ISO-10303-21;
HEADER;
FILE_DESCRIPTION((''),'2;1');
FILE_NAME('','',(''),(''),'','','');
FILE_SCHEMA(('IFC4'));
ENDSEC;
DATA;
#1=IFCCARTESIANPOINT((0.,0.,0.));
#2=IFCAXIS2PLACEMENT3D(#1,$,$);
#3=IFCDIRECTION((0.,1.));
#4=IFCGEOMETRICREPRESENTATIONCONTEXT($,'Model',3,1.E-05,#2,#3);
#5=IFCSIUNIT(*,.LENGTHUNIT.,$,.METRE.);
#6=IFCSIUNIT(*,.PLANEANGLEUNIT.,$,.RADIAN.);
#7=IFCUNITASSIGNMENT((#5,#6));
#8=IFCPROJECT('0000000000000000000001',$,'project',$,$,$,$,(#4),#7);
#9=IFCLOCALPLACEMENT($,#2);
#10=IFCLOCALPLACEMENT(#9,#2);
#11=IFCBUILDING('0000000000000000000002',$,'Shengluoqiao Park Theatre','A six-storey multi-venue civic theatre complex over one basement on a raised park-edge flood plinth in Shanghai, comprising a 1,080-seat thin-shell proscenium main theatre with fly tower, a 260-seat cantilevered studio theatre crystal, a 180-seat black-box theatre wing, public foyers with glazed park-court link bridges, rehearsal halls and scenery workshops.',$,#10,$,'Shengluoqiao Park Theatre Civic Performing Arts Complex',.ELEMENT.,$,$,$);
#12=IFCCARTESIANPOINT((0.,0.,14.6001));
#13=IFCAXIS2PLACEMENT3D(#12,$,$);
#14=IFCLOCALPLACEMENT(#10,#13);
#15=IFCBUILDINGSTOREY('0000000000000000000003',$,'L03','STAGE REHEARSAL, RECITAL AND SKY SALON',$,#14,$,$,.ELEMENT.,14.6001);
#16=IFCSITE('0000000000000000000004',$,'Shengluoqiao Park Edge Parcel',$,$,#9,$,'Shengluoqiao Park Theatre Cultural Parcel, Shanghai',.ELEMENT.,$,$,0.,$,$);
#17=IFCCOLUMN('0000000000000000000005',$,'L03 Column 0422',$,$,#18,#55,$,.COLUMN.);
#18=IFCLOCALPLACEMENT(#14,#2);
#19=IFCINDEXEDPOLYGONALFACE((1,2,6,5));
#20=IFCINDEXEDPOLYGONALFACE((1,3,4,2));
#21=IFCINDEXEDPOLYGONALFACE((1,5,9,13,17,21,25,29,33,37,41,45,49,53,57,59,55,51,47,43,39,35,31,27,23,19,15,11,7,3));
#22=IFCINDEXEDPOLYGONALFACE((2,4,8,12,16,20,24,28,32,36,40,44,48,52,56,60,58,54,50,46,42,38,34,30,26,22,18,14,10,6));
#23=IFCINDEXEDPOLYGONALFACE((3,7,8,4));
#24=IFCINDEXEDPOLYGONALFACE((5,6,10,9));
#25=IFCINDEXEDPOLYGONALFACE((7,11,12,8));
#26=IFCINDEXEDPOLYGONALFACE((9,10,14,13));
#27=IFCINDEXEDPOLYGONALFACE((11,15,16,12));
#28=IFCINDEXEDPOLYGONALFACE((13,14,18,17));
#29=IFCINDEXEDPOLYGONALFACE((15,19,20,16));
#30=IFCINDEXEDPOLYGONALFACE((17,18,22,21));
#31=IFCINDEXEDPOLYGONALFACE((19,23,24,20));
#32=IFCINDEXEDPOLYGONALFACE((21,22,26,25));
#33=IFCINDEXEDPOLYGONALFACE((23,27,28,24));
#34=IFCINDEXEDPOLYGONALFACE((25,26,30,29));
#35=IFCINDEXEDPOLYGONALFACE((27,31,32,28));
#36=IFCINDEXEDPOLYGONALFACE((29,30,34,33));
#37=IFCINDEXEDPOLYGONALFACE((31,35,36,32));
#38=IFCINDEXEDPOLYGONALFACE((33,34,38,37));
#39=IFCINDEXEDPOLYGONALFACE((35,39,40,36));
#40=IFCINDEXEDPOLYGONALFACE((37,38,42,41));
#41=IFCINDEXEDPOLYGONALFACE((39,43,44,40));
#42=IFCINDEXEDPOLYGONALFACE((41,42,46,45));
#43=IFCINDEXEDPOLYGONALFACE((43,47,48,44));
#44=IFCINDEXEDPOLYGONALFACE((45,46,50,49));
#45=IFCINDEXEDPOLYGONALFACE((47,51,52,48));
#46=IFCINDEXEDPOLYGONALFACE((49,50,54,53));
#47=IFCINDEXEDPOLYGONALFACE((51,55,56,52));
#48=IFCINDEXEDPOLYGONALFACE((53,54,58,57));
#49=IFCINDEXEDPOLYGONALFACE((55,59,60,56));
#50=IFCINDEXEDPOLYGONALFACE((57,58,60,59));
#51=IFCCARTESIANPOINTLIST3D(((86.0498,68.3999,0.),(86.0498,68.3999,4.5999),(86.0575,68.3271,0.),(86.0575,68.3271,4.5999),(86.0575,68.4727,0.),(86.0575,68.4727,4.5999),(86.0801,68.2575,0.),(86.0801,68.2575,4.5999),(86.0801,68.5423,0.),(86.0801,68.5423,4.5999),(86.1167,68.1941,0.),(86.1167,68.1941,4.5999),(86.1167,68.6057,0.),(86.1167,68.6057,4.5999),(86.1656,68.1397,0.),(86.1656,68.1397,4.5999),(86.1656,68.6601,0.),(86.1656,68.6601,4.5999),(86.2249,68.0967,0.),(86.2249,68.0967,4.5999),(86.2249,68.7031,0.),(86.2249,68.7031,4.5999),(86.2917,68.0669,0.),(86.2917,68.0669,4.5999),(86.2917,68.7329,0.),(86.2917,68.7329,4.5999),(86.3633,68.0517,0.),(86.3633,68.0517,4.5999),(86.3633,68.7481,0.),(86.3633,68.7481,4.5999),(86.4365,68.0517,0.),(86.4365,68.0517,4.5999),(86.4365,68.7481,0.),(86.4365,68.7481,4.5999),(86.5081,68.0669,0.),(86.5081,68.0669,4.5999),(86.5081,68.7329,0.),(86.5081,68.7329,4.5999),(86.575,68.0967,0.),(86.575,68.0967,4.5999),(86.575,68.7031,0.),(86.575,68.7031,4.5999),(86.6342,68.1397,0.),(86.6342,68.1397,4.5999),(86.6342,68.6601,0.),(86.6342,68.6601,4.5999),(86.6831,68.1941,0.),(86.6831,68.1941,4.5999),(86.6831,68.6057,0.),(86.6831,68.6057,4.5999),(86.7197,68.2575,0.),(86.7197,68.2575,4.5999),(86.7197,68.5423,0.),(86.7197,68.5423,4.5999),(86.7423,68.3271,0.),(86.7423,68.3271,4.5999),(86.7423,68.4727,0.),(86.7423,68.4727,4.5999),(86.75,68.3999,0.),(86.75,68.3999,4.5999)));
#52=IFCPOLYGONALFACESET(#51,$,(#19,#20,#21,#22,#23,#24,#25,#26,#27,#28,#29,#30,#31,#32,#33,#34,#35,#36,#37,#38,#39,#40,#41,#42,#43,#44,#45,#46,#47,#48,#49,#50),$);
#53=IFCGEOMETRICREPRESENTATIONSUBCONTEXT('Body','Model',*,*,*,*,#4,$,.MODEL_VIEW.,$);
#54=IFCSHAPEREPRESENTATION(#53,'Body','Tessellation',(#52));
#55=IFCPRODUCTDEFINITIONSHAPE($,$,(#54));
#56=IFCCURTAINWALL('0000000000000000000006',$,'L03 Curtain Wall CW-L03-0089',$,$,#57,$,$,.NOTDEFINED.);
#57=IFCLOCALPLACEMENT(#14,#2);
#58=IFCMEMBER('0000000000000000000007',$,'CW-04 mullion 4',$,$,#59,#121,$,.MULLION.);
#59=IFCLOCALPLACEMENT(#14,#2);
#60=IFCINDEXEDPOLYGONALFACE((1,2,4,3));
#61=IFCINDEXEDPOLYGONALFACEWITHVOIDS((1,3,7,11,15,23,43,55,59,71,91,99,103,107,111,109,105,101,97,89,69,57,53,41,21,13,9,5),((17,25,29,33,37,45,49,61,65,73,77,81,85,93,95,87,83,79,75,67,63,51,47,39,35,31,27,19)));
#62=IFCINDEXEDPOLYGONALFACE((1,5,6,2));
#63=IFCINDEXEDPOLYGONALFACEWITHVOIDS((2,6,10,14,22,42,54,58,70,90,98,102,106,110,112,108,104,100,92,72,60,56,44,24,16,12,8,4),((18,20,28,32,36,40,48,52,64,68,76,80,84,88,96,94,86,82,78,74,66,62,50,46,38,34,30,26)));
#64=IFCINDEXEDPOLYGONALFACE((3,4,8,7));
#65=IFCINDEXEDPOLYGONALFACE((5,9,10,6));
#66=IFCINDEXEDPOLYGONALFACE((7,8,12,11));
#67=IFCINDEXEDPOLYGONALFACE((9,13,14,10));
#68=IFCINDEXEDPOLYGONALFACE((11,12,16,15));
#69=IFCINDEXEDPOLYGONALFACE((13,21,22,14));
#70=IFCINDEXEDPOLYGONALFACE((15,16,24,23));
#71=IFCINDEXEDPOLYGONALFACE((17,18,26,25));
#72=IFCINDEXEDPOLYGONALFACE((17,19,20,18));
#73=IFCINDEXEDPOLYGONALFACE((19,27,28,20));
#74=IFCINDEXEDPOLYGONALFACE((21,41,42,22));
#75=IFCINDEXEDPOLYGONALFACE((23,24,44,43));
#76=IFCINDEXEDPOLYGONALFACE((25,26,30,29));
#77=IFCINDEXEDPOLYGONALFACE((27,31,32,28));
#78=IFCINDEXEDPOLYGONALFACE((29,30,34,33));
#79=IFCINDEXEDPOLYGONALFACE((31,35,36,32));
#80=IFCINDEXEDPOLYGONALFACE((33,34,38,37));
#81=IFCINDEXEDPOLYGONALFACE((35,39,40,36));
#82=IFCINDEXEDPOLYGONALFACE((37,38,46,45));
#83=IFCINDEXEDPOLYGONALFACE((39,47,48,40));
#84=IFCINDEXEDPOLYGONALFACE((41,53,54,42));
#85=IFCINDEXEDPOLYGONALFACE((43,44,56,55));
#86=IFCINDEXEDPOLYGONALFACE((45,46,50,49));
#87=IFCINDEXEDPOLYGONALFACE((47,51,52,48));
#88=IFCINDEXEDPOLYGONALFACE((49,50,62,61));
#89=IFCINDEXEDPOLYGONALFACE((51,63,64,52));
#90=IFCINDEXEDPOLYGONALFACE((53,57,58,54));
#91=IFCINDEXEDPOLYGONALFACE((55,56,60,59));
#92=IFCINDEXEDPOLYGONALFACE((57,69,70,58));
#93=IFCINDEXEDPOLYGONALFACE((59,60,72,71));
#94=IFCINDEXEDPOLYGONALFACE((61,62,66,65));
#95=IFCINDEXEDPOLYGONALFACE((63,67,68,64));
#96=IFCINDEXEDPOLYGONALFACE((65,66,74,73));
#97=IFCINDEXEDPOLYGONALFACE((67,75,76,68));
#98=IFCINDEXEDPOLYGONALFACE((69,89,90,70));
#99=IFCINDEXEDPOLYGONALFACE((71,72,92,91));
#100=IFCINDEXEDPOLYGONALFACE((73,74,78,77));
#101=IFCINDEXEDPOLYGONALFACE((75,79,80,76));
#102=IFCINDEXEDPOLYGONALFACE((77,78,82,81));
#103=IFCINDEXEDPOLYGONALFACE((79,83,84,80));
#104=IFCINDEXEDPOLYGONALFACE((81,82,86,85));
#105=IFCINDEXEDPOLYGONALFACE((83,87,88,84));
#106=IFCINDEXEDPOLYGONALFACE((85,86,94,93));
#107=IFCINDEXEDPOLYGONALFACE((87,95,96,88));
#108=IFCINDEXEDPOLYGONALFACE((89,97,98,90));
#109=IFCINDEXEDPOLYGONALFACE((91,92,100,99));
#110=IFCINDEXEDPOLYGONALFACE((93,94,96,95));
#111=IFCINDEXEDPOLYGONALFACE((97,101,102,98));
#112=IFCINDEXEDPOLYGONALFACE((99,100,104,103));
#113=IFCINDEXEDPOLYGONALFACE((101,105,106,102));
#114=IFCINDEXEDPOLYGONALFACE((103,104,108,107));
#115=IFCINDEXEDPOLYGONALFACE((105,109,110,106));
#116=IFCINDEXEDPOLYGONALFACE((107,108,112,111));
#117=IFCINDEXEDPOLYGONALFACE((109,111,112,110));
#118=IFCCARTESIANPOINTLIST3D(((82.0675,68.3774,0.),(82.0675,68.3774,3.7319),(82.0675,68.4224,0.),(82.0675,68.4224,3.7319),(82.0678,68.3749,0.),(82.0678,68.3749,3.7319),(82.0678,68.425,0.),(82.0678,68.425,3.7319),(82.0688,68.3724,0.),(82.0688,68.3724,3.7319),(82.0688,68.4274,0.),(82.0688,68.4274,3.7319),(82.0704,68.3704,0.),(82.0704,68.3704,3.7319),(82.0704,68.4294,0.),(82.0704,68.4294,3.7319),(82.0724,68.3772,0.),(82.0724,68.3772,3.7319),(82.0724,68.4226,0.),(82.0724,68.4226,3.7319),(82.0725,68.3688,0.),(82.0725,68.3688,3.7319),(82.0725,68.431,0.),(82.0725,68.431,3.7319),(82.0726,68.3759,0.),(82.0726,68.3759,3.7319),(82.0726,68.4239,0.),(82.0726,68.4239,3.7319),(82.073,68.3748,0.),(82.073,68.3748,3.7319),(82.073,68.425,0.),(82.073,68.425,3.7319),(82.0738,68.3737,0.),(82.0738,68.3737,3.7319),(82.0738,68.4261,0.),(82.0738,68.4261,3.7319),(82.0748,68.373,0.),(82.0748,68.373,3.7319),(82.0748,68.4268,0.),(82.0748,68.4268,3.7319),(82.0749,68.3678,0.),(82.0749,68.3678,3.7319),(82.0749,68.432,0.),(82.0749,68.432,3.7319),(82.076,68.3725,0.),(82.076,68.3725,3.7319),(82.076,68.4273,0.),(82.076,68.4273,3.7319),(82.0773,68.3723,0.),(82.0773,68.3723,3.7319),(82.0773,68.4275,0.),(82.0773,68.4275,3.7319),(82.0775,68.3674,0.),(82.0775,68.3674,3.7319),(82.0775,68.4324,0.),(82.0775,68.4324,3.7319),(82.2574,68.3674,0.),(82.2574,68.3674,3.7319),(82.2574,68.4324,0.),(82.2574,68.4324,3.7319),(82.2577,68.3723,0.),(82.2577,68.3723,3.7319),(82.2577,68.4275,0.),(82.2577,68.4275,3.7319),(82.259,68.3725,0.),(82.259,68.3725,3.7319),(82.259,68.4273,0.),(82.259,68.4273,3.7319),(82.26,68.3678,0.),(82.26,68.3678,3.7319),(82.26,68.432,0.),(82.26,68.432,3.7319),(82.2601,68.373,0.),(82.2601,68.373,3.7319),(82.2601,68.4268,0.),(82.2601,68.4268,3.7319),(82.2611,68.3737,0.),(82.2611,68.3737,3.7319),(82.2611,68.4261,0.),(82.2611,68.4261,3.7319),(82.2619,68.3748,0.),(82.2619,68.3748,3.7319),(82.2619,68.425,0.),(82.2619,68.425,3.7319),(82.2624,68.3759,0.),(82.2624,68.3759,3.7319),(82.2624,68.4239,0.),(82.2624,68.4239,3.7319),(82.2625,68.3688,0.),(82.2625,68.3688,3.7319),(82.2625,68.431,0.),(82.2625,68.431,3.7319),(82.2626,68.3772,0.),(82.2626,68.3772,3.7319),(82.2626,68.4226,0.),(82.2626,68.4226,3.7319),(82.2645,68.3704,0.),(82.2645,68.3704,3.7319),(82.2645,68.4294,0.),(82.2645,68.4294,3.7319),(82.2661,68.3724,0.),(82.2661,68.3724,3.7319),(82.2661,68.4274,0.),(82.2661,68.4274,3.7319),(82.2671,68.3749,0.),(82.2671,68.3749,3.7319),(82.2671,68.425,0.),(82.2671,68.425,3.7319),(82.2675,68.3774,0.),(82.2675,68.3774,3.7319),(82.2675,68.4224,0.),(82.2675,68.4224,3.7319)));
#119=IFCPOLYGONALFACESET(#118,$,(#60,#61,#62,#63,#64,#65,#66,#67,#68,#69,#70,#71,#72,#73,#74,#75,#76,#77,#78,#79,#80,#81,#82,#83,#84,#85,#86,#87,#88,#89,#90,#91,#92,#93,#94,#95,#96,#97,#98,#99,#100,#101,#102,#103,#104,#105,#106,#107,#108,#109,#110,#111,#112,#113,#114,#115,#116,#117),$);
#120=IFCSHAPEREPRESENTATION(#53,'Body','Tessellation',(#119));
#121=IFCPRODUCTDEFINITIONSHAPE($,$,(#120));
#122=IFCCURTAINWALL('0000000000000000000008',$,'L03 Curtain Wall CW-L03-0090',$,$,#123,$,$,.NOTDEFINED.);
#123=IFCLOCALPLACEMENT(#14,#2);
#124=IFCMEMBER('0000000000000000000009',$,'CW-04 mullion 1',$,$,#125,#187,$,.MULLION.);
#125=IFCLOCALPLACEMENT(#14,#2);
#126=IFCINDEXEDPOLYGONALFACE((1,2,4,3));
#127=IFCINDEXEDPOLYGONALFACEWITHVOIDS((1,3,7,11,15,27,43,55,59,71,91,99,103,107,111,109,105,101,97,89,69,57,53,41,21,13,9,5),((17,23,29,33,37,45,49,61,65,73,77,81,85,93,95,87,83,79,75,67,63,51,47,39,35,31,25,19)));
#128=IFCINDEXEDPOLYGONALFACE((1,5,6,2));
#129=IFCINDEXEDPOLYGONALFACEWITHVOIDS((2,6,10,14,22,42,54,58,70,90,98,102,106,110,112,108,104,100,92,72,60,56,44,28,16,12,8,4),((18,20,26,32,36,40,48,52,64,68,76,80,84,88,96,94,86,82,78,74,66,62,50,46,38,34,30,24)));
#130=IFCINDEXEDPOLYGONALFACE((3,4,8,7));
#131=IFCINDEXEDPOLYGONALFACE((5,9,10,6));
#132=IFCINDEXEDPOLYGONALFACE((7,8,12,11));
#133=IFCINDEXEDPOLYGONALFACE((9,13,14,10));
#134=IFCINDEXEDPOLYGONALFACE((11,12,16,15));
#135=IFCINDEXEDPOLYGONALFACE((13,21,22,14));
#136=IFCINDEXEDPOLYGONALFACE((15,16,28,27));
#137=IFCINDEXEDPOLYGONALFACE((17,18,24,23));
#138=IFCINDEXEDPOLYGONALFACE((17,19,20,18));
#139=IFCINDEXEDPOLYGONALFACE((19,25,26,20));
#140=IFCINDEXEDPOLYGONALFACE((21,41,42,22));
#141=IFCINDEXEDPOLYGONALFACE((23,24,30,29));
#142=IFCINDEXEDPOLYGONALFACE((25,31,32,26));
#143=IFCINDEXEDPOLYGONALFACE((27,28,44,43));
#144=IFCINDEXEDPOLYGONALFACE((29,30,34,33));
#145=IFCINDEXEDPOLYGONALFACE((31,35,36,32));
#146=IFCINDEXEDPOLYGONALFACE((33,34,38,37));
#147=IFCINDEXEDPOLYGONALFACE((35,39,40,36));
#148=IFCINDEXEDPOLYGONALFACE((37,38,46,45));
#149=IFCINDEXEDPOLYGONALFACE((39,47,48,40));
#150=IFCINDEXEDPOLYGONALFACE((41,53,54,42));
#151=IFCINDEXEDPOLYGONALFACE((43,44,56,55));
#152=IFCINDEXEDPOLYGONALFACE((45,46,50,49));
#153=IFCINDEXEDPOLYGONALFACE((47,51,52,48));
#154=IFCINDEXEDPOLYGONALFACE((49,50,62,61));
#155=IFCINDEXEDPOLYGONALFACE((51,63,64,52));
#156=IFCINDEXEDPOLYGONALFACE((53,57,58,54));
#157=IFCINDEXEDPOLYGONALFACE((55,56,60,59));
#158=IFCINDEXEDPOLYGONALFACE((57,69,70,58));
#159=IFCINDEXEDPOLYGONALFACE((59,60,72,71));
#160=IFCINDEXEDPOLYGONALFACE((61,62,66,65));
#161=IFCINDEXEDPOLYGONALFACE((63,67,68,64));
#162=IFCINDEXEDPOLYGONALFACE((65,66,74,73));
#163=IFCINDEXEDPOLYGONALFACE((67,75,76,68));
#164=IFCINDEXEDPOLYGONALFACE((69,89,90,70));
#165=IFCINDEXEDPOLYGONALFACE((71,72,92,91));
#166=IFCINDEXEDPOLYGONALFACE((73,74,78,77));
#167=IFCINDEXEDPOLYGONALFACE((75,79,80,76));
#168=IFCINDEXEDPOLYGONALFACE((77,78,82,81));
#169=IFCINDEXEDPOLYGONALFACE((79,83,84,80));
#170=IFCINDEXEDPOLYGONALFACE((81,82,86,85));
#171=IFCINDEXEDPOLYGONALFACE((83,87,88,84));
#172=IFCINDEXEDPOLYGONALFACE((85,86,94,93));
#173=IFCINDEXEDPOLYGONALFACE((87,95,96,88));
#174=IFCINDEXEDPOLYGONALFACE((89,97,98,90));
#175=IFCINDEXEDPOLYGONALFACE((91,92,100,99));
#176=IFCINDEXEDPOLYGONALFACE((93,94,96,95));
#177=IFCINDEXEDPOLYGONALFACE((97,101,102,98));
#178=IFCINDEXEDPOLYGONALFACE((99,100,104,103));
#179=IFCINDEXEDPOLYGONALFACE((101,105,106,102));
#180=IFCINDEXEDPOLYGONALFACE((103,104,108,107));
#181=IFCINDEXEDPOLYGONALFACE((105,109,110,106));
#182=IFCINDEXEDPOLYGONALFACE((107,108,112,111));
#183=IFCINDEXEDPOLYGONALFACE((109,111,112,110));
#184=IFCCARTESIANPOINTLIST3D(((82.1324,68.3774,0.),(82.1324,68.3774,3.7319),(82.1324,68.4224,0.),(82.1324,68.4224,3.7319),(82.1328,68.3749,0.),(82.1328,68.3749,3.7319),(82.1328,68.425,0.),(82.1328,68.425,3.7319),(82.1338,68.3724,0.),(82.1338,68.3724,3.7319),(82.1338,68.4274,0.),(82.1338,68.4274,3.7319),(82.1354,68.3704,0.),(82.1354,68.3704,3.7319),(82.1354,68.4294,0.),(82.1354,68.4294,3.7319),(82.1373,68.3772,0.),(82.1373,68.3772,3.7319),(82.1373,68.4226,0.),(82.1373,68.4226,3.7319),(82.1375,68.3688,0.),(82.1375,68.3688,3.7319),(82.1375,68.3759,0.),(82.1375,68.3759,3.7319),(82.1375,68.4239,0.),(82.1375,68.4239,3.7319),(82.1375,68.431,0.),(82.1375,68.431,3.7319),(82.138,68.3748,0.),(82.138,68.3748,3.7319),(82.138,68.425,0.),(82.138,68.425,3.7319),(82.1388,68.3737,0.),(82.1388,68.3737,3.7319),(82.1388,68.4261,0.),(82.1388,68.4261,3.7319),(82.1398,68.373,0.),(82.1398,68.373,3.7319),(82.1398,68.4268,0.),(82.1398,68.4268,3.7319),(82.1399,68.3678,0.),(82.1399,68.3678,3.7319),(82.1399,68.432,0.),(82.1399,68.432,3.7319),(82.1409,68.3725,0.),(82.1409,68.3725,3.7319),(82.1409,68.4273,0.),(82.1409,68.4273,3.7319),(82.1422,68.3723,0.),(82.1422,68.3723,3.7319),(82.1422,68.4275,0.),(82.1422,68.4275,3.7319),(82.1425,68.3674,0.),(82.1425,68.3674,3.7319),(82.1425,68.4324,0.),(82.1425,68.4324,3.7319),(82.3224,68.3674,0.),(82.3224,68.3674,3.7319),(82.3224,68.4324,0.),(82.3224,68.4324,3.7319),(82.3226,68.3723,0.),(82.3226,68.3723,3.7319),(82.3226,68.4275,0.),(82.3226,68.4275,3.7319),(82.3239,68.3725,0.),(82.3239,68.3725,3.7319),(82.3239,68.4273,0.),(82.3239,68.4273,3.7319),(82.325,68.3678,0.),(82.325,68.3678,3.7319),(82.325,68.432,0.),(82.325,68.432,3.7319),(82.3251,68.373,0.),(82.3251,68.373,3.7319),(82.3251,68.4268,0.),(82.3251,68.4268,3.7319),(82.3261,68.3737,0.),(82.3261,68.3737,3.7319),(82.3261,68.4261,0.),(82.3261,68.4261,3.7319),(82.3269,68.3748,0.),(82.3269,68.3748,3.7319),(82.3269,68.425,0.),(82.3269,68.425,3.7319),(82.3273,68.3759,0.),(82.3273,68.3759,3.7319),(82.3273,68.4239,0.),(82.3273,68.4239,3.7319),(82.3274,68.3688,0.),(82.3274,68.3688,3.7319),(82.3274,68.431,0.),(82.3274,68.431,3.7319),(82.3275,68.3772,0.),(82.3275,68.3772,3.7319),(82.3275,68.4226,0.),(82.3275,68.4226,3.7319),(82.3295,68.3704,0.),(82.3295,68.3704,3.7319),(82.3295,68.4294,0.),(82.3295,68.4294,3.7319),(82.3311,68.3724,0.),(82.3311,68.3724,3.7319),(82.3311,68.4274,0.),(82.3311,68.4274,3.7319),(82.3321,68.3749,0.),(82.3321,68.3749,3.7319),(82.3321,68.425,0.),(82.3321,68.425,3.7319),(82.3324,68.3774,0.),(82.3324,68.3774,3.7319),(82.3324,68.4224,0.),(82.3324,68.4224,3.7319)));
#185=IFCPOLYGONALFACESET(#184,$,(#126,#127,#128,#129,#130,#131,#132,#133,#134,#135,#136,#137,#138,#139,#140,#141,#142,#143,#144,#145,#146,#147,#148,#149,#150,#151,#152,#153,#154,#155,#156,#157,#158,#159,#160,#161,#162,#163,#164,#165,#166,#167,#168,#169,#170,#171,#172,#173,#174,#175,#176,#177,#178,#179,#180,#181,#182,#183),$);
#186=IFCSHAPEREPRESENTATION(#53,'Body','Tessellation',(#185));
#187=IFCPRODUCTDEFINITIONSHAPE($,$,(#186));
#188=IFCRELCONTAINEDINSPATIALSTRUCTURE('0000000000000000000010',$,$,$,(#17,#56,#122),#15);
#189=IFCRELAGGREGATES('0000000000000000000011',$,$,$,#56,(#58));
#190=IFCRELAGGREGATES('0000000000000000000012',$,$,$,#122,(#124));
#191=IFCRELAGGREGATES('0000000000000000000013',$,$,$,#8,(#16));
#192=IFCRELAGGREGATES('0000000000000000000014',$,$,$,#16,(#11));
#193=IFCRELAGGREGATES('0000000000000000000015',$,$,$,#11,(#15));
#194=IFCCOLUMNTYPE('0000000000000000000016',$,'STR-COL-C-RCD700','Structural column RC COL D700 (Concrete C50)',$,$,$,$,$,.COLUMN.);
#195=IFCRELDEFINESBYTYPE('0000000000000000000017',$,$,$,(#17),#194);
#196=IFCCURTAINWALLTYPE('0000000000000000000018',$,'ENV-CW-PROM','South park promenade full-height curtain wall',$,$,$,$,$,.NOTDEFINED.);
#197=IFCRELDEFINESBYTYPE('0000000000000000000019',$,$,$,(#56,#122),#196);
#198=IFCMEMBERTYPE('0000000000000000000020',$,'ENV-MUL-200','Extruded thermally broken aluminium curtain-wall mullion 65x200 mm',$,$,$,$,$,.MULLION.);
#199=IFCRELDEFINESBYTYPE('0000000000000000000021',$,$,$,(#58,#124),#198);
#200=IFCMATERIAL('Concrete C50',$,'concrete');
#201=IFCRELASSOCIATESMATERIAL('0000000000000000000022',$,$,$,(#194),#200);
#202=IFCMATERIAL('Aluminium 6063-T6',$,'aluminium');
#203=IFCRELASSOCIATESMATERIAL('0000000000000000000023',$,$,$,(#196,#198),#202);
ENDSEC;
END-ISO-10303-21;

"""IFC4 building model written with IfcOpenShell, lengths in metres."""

from ifc_helpers import new_model, si_unit, direction, frame, origin, origin_2d, place, context, subcontext, project, spatial, hollow_rectangle, circle, extrude, material, material_profile, profile_set, type_object, element, aggregate, save


model = new_model("IFC4")

# Units and contexts
model_context = context("Model", 3, precision=1e-05, world=origin(), true_north=direction((0.0, 1.0)))
body_context = subcontext(model_context, "Body", "Model", "MODEL_VIEW")
ifc_project = project(units=[si_unit("LENGTHUNIT", "METRE"), si_unit("PLANEANGLEUNIT", "RADIAN")], contexts=[model_context])

# Site, building, storey
site_placement = place(None, origin())
site = spatial("IfcSite", under=ifc_project, at=site_placement, Name="Shengluoqiao Park Edge Parcel", LongName="Shengluoqiao Park Theatre Cultural Parcel, Shanghai", CompositionType="ELEMENT", RefElevation=0.0)
building_placement = place(site_placement, origin())
building = spatial("IfcBuilding", under=site, at=building_placement, Name="Shengluoqiao Park Theatre", Description="A six-storey multi-venue civic theatre complex over one basement on a raised park-edge flood plinth in Shanghai, comprising a 1,080-seat thin-shell proscenium main theatre with fly tower, a 260-seat cantilevered studio theatre crystal, a 180-seat black-box theatre wing, public foyers with glazed park-court link bridges, rehearsal halls and scenery workshops.", LongName="Shengluoqiao Park Theatre Civic Performing Arts Complex", CompositionType="ELEMENT")
storey_placement = place(building_placement, frame((0.0, 0.0, 14.6001)))
storey = spatial("IfcBuildingStorey", under=building, at=storey_placement, Name="L03", Description="STAGE REHEARSAL, RECITAL AND SKY SALON", CompositionType="ELEMENT", Elevation=14.6001)

# Column
ifc_material_1 = material(Name="Concrete C50", Category="concrete")
ifc_material_profile_1 = material_profile(ifc_material_1, circle(Radius=0.3501, at=origin_2d()), Name="RC COL D700")
ifc_profile_set_1 = profile_set([ifc_material_profile_1], Name="Concrete C50")
column_type = type_object("IfcColumnType", Name="STR-COL-C-RCD700", Description="Structural column RC COL D700 (Concrete C50)", PredefinedType="COLUMN", material=ifc_profile_set_1)
column_placement = place(storey_placement, frame((86.3999, 68.3999, 0.0), z_axis=(0.0, 0.0, 1.0), x_axis=(1.0, 0.0, 0.0)))
element("IfcColumn", 1, at=column_placement, inside=storey, type_object=column_type, Name="L03 Column 0422", PredefinedType="COLUMN", context=body_context, shape_type="SweptSolid", body=[
    extrude(circle(Radius=0.3501, at=origin_2d()), origin(), (0.0, 0.0, 1.0), 4.5999),
])

# Curtain wall, member
ifc_material_2 = material(Name="Aluminium 6063-T6", Category="aluminium")
curtain_wall_type = type_object("IfcCurtainWallType", Name="ENV-CW-PROM", Description="South park promenade full-height curtain wall", PredefinedType="NOTDEFINED", material=ifc_material_2)
curtain_wall_1_placement = place(storey_placement, origin())
curtain_wall_1 = element("IfcCurtainWall", 2, at=curtain_wall_1_placement, inside=storey, type_object=curtain_wall_type, Name="L03 Curtain Wall CW-L03-0089", PredefinedType="NOTDEFINED")
ifc_material_profile_2 = material_profile(ifc_material_2, hollow_rectangle(XDim=0.0649, YDim=0.2, WallThickness=0.0049, InnerFilletRadius=0.0049, OuterFilletRadius=0.01, at=origin_2d()), Name="ALU MULLION 200x65x5")
ifc_profile_set_2 = profile_set([ifc_material_profile_2], Name="Aluminium 6063-T6")
member_type_1 = type_object("IfcMemberType", Name="ENV-MUL-200", Description="Extruded thermally broken aluminium curtain-wall mullion 65x200 mm", PredefinedType="MULLION", material=ifc_profile_set_2)
member_1_placement = place(storey_placement, frame((82.1675, 68.3999, 0.0), z_axis=(0.0, 0.0, 1.0), x_axis=(0.0, 1.0, 0.0)))
member_1 = element("IfcMember", 3, at=member_1_placement, type_object=member_type_1, Name="CW-04 mullion 4", PredefinedType="MULLION", context=body_context, shape_type="SweptSolid", body=[
    extrude(hollow_rectangle(XDim=0.0649, YDim=0.2, WallThickness=0.0049, InnerFilletRadius=0.0049, OuterFilletRadius=0.01, at=origin_2d()), origin(), (0.0, 0.0, 1.0), 3.7319),
])

# Curtain wall, member
curtain_wall_2_placement = place(storey_placement, origin())
curtain_wall_2 = element("IfcCurtainWall", 4, at=curtain_wall_2_placement, inside=storey, type_object=curtain_wall_type, Name="L03 Curtain Wall CW-L03-0090", PredefinedType="NOTDEFINED")
member_2_placement = place(storey_placement, frame((82.2324, 68.3999, 0.0), z_axis=(0.0, 0.0, 1.0), x_axis=(0.0, 1.0, 0.0)))
member_2 = element("IfcMember", 5, at=member_2_placement, type_object=member_type_1, Name="CW-04 mullion 1", PredefinedType="MULLION", context=body_context, shape_type="SweptSolid", body=[
    extrude(hollow_rectangle(XDim=0.0649, YDim=0.2, WallThickness=0.0049, InnerFilletRadius=0.0049, OuterFilletRadius=0.01, at=origin_2d()), origin(), (0.0, 0.0, 1.0), 3.7319),
])

aggregate(curtain_wall_1, [member_1])
aggregate(curtain_wall_2, [member_2])

save(model, "model.ifc")
